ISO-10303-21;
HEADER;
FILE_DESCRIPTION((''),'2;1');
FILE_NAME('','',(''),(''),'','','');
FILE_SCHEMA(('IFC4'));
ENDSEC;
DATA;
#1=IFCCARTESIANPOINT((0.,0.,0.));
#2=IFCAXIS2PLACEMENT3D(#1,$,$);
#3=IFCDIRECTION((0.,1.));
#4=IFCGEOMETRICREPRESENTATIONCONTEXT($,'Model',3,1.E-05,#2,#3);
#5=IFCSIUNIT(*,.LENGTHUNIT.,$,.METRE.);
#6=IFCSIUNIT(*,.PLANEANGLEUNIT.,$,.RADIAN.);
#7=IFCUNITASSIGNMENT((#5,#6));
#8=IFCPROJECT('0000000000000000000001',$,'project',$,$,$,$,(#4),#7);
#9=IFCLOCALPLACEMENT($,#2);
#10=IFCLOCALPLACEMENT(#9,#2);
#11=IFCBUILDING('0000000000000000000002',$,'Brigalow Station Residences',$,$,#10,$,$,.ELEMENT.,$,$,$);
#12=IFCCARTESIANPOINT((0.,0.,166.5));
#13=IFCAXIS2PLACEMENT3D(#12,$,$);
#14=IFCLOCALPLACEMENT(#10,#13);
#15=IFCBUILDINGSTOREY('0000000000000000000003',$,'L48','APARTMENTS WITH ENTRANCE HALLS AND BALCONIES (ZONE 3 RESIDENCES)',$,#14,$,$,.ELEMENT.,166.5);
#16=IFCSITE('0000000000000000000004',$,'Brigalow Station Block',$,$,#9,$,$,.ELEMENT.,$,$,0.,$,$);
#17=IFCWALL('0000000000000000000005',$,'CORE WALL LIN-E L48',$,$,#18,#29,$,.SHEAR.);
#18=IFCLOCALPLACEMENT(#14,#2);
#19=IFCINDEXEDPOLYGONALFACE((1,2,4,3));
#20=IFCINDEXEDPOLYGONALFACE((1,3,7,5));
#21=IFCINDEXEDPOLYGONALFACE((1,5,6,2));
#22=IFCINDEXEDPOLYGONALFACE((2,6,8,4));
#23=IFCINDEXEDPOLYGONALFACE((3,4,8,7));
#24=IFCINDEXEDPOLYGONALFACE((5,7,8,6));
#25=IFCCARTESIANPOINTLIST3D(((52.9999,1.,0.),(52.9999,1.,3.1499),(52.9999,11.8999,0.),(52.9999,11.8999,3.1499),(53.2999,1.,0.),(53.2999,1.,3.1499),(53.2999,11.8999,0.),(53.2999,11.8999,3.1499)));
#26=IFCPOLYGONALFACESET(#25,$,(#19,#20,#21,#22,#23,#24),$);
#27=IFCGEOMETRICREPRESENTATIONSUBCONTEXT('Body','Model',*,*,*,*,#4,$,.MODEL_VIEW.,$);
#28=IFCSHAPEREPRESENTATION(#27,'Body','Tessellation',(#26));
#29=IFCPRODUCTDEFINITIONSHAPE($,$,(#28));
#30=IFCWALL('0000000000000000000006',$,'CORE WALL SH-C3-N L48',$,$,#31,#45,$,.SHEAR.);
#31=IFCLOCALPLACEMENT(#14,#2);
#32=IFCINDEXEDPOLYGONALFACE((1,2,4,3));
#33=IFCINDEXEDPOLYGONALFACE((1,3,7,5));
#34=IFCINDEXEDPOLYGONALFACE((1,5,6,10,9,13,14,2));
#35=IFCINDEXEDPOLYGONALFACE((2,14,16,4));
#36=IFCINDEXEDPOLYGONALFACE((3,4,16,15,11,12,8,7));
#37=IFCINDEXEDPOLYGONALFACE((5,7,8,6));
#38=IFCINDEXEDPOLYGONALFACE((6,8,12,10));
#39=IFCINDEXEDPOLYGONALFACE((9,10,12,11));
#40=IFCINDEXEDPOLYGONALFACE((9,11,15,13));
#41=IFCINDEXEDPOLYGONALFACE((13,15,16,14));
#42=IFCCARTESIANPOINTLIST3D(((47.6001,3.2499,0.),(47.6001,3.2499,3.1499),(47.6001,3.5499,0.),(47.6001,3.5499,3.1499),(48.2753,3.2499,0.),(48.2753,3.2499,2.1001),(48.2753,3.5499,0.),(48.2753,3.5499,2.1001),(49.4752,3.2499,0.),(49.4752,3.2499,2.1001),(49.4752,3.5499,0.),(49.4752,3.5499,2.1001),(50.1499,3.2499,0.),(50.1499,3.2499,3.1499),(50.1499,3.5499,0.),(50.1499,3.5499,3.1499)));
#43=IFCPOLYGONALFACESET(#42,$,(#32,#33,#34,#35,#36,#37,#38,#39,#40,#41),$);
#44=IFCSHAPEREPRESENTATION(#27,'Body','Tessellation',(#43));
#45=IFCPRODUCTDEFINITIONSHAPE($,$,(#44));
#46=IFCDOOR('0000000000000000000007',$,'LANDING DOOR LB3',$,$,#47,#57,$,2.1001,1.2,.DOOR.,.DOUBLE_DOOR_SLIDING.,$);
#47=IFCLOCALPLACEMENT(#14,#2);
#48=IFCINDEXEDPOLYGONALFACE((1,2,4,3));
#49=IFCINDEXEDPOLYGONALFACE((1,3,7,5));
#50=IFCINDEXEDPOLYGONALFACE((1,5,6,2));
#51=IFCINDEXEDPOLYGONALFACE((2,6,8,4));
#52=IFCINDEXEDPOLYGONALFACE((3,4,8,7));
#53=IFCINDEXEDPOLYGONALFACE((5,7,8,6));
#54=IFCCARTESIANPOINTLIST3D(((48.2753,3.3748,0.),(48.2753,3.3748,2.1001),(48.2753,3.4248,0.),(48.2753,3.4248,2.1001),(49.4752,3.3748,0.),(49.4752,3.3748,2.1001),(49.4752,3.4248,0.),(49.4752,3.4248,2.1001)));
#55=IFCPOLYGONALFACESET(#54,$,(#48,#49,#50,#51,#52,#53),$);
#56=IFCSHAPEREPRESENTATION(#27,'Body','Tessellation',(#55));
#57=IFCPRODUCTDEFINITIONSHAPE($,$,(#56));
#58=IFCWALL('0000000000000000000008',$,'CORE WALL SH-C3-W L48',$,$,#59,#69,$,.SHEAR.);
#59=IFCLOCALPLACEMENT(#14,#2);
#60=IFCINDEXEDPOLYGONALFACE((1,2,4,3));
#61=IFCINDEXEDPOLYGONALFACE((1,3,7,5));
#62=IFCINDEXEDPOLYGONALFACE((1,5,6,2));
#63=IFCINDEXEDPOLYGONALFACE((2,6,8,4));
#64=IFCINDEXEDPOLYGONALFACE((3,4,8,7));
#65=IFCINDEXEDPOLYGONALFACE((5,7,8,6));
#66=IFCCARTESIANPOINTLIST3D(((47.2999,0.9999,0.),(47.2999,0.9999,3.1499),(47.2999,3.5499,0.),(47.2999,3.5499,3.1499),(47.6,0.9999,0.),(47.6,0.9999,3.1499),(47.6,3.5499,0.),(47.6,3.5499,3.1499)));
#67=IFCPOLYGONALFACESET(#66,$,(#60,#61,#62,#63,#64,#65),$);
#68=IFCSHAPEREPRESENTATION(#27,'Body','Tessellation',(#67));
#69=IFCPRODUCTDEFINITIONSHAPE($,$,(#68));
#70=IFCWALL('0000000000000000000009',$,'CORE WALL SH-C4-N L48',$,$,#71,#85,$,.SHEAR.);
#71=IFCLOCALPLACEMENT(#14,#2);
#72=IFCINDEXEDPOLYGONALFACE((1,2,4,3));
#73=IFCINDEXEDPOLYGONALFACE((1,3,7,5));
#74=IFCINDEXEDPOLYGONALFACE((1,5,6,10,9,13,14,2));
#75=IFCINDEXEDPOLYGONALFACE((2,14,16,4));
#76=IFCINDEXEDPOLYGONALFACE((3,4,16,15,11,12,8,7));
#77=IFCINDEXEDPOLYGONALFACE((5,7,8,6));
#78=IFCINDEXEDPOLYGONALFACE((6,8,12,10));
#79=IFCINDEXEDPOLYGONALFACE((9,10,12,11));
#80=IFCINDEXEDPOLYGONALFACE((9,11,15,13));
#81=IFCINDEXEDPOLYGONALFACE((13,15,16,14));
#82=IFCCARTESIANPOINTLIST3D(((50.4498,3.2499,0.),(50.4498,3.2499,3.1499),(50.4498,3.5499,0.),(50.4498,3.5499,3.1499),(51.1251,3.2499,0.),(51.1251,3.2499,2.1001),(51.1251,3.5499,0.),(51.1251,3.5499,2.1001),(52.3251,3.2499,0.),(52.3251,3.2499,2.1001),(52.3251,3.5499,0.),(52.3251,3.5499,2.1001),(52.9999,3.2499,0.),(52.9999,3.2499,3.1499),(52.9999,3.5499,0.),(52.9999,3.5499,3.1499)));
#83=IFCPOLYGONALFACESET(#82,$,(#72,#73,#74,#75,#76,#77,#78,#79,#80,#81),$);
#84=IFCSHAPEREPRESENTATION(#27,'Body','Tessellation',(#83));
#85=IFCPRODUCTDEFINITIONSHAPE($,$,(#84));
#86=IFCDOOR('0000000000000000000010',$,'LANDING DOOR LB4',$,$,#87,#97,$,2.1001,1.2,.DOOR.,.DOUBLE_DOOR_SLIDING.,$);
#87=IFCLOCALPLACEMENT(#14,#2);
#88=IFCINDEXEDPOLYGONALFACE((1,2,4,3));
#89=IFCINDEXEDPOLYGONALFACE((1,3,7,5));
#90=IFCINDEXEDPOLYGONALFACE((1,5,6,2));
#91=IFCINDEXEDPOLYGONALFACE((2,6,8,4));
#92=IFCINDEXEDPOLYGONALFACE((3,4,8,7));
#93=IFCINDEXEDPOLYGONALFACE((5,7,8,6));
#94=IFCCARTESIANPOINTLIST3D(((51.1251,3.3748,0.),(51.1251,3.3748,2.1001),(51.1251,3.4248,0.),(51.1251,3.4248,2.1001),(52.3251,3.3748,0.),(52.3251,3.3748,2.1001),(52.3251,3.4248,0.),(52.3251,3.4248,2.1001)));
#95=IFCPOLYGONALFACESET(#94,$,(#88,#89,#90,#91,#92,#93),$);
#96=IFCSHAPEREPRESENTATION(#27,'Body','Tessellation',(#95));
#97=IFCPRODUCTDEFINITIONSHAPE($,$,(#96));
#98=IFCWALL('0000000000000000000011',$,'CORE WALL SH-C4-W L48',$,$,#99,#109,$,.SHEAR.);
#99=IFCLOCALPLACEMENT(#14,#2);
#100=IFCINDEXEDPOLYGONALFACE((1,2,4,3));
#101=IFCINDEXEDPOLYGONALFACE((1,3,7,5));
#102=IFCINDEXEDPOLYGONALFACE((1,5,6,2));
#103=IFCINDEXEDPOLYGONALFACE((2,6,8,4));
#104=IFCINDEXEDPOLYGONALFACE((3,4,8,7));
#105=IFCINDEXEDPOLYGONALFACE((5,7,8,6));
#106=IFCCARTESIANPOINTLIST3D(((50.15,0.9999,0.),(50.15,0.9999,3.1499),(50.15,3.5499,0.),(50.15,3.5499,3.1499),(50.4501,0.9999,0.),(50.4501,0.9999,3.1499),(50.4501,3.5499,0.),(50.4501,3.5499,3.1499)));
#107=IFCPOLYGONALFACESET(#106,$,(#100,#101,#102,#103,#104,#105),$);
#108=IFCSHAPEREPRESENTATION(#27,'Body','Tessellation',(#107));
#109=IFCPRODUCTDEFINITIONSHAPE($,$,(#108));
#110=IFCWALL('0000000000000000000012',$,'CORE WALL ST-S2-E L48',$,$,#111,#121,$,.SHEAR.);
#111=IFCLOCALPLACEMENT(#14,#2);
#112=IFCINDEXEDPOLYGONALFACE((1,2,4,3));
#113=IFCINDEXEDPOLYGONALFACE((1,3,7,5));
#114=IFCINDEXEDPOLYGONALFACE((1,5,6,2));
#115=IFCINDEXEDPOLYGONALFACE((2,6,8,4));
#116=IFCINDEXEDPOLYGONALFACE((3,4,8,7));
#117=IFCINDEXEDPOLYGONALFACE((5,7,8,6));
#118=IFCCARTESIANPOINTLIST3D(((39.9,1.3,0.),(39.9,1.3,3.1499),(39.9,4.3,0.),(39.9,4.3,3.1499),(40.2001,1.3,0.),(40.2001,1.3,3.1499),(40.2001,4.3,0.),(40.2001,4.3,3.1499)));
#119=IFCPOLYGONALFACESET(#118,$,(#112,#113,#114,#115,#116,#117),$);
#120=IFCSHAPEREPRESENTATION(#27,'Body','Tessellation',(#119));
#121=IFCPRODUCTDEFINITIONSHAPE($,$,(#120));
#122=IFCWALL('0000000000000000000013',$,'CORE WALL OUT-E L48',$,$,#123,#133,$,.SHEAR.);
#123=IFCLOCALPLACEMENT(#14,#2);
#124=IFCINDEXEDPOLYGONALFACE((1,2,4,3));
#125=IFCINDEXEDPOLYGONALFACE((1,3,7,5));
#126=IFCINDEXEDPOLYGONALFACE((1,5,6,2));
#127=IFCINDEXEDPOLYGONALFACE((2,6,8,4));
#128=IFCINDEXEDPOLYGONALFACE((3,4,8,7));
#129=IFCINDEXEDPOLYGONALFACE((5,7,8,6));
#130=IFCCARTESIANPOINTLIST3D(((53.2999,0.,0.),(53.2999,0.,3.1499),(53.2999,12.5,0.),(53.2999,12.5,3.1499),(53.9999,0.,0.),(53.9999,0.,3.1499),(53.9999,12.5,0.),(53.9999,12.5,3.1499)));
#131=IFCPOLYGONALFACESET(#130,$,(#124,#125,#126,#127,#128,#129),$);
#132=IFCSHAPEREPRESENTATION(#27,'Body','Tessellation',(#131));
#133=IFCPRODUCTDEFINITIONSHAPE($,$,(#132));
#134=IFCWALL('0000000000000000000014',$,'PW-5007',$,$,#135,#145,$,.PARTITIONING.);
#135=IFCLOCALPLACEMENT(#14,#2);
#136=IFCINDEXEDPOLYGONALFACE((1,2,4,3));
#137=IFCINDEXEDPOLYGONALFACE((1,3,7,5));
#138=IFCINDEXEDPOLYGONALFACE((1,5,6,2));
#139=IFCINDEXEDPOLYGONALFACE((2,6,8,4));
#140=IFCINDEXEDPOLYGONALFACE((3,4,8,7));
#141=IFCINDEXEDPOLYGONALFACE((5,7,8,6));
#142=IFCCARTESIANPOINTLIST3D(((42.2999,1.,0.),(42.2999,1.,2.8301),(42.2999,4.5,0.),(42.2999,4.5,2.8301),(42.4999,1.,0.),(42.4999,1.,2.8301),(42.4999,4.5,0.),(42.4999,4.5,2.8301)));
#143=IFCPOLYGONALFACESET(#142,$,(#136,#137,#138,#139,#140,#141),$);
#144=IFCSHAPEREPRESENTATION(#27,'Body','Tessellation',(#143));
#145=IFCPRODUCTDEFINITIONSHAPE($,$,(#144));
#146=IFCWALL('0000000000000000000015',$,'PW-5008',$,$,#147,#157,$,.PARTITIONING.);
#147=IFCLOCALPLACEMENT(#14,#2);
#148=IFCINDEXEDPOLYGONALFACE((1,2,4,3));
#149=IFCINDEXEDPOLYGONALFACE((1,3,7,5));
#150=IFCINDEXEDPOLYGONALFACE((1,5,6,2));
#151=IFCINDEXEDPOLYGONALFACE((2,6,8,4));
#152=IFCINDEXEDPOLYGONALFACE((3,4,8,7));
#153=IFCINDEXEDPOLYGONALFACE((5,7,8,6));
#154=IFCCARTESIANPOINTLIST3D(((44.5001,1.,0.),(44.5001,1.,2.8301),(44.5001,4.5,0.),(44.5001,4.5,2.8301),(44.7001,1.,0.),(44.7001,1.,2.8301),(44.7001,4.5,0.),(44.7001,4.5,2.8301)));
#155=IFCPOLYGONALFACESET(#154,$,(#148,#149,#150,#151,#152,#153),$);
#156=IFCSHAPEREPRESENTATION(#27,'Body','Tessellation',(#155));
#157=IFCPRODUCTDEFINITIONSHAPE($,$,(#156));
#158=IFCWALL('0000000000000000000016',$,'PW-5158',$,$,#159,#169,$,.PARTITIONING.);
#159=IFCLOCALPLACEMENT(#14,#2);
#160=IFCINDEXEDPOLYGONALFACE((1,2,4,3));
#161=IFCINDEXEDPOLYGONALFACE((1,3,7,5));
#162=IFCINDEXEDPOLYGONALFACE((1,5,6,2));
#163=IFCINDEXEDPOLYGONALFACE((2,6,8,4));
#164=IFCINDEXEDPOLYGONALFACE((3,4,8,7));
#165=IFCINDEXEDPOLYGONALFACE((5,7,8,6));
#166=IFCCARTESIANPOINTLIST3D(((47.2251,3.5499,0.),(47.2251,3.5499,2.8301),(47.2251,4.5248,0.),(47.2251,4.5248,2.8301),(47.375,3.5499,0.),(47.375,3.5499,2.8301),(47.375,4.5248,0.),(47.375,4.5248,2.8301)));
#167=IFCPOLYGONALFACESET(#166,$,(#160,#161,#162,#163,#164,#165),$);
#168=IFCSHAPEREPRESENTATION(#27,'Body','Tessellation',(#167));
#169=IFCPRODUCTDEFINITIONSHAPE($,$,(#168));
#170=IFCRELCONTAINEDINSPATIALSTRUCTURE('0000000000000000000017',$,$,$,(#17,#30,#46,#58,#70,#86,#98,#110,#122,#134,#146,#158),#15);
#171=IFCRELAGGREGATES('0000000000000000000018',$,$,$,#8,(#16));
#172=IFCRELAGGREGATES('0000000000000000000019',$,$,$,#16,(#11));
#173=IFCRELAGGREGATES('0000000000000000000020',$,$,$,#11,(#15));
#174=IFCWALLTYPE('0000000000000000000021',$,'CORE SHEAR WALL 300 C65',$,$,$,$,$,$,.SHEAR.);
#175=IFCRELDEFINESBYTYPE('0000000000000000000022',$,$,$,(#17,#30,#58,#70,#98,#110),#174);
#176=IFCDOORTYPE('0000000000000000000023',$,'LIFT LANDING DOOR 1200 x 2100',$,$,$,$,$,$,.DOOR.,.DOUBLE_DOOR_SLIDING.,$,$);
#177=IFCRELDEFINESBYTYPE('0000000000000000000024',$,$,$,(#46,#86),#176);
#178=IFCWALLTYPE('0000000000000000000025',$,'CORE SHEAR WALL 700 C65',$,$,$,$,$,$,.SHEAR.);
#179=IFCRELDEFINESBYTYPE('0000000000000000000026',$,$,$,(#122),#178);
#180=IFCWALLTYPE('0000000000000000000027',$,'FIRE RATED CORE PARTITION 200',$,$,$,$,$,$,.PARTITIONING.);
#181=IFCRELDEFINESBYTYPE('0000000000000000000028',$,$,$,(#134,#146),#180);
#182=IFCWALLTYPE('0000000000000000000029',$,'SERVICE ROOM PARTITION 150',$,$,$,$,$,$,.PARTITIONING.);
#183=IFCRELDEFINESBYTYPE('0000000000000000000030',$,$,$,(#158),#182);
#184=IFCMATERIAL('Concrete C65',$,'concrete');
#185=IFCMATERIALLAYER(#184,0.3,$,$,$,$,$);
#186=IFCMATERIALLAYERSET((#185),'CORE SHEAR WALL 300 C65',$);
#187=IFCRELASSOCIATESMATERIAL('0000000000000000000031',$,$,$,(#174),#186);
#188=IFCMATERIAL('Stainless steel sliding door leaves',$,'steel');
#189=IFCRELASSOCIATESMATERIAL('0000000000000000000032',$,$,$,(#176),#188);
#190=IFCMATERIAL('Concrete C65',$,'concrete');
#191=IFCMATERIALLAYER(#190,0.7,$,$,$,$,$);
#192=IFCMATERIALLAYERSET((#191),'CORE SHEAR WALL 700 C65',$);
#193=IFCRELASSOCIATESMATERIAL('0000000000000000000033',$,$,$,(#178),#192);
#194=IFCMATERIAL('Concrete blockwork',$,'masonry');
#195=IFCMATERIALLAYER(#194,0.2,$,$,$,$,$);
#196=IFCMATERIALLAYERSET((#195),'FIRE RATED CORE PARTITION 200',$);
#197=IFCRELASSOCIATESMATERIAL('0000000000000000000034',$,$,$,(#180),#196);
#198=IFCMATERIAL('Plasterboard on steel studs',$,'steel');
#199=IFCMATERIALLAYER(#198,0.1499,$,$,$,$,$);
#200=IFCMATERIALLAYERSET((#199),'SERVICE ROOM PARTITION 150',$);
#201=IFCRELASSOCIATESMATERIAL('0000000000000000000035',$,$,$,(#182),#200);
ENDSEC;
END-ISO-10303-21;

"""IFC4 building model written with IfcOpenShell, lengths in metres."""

from ifc_helpers import new_model, si_unit, direction, frame, frame_2d, origin, place, context, subcontext, project, spatial, rectangle, extrude, material, layer, layer_set, type_object, element, fill, save


model = new_model("IFC4")

# Units and contexts
model_context = context("Model", 3, precision=1e-05, world=origin(), true_north=direction((0.0, 1.0)))
body_context = subcontext(model_context, "Body", "Model", "MODEL_VIEW")
ifc_project = project(units=[si_unit("LENGTHUNIT", "METRE"), si_unit("PLANEANGLEUNIT", "RADIAN")], contexts=[model_context])

# Site, building, storey
site_placement = place(None, origin())
site = spatial("IfcSite", under=ifc_project, at=site_placement, Name="Brigalow Station Block", CompositionType="ELEMENT", RefElevation=0.0)
building_placement = place(site_placement, origin())
building = spatial("IfcBuilding", under=site, at=building_placement, Name="Brigalow Station Residences", CompositionType="ELEMENT")
storey_placement = place(building_placement, frame((0.0, 0.0, 166.5)))
storey = spatial("IfcBuildingStorey", under=building, at=storey_placement, Name="L48", Description="APARTMENTS WITH ENTRANCE HALLS AND BALCONIES (ZONE 3 RESIDENCES)", CompositionType="ELEMENT", Elevation=166.5)

# Wall
ifc_material_1 = material(Name="Concrete C65", Category="concrete")
ifc_layer_1 = layer(ifc_material_1, 0.3)
ifc_layer_set_1 = layer_set([ifc_layer_1], Name="CORE SHEAR WALL 300 C65")
wall_type_1 = type_object("IfcWallType", Name="CORE SHEAR WALL 300 C65", PredefinedType="SHEAR", material=ifc_layer_set_1)
wall_1_placement = place(storey_placement, frame((53.1499, 1.0, 0.0), z_axis=(0.0, 0.0, 1.0), x_axis=(0.0, 1.0, 0.0)))
element("IfcWall", 1, at=wall_1_placement, inside=storey, type_object=wall_type_1, Name="CORE WALL LIN-E L48", PredefinedType="SHEAR", context=body_context, shape_type="SweptSolid", body=[
    extrude(rectangle(XDim=10.8999, YDim=0.3, at=frame_2d((5.45, 0.0))), origin(), (0.0, 0.0, 1.0), 3.1499),
])

# Wall, opening, door
wall_2_placement = place(storey_placement, frame((47.6001, 3.3999, 0.0), z_axis=(0.0, 0.0, 1.0), x_axis=(1.0, 0.0, 0.0)))
wall_2 = element("IfcWall", 2, at=wall_2_placement, inside=storey, type_object=wall_type_1, Name="CORE WALL SH-C3-N L48", PredefinedType="SHEAR", context=body_context, shape_type="SweptSolid", body=[
    extrude(rectangle(XDim=2.5498, YDim=0.3, at=frame_2d((1.2749, 0.0))), origin(), (0.0, 0.0, 1.0), 3.1499),
])
opening_1_placement = place(wall_2_placement, frame((0.675, 0.0, 0.0)))
opening_1 = element("IfcOpeningElement", 3, at=opening_1_placement, cuts=wall_2, PredefinedType="OPENING", context=body_context, shape_type="SweptSolid", body=[
    extrude(rectangle(XDim=1.2, YDim=2.1001, at=frame_2d((0.6001, 1.05))), frame((0.0, 0.1602, 0.0), z_axis=(0.0, -1.0, 0.0), x_axis=(1.0, 0.0, 0.0)), (0.0, 0.0, 1.0), 0.3201),
])
ifc_material_2 = material(Name="Stainless steel sliding door leaves", Category="steel")
door_type = type_object("IfcDoorType", Name="LIFT LANDING DOOR 1200 x 2100", OperationType="DOUBLE_DOOR_SLIDING", PredefinedType="DOOR", material=ifc_material_2)
door_1_placement = place(opening_1_placement, origin())
door_1 = element("IfcDoor", 4, at=door_1_placement, inside=storey, type_object=door_type, Name="LANDING DOOR LB3", OperationType="DOUBLE_DOOR_SLIDING", OverallHeight=2.1001, OverallWidth=1.2, PredefinedType="DOOR", context=body_context, shape_type="SweptSolid", body=[
    extrude(rectangle(XDim=1.2, YDim=2.1001, at=frame_2d((0.6001, 1.05))), frame((0.0, 0.0249, 0.0), z_axis=(0.0, -1.0, 0.0), x_axis=(1.0, 0.0, 0.0)), (0.0, 0.0, 1.0), 0.05),
])
fill(opening_1, door_1)

# Wall
wall_3_placement = place(storey_placement, frame((47.45, 1.0, 0.0), z_axis=(0.0, 0.0, 1.0), x_axis=(0.0, 1.0, 0.0)))
element("IfcWall", 5, at=wall_3_placement, inside=storey, type_object=wall_type_1, Name="CORE WALL SH-C3-W L48", PredefinedType="SHEAR", context=body_context, shape_type="SweptSolid", body=[
    extrude(rectangle(XDim=2.55, YDim=0.3, at=frame_2d((1.2749, 0.0))), origin(), (0.0, 0.0, 1.0), 3.1499),
])

# Wall, opening, door
wall_4_placement = place(storey_placement, frame((50.45, 3.3999, 0.0), z_axis=(0.0, 0.0, 1.0), x_axis=(1.0, 0.0, 0.0)))
wall_4 = element("IfcWall", 6, at=wall_4_placement, inside=storey, type_object=wall_type_1, Name="CORE WALL SH-C4-N L48", PredefinedType="SHEAR", context=body_context, shape_type="SweptSolid", body=[
    extrude(rectangle(XDim=2.55, YDim=0.3, at=frame_2d((1.2749, 0.0))), origin(), (0.0, 0.0, 1.0), 3.1499),
])
opening_2_placement = place(wall_4_placement, frame((0.675, 0.0, 0.0)))
opening_2 = element("IfcOpeningElement", 7, at=opening_2_placement, cuts=wall_4, PredefinedType="OPENING", context=body_context, shape_type="SweptSolid", body=[
    extrude(rectangle(XDim=1.2, YDim=2.1001, at=frame_2d((0.6001, 1.05))), frame((0.0, 0.1602, 0.0), z_axis=(0.0, -1.0, 0.0), x_axis=(1.0, 0.0, 0.0)), (0.0, 0.0, 1.0), 0.3201),
])
door_2_placement = place(opening_2_placement, origin())
door_2 = element("IfcDoor", 8, at=door_2_placement, inside=storey, type_object=door_type, Name="LANDING DOOR LB4", OperationType="DOUBLE_DOOR_SLIDING", OverallHeight=2.1001, OverallWidth=1.2, PredefinedType="DOOR", context=body_context, shape_type="SweptSolid", body=[
    extrude(rectangle(XDim=1.2, YDim=2.1001, at=frame_2d((0.6001, 1.05))), frame((0.0, 0.0249, 0.0), z_axis=(0.0, -1.0, 0.0), x_axis=(1.0, 0.0, 0.0)), (0.0, 0.0, 1.0), 0.05),
])
fill(opening_2, door_2)

# Walls
wall_5_placement = place(storey_placement, frame((50.3, 1.0, 0.0), z_axis=(0.0, 0.0, 1.0), x_axis=(0.0, 1.0, 0.0)))
element("IfcWall", 9, at=wall_5_placement, inside=storey, type_object=wall_type_1, Name="CORE WALL SH-C4-W L48", PredefinedType="SHEAR", context=body_context, shape_type="SweptSolid", body=[
    extrude(rectangle(XDim=2.55, YDim=0.3, at=frame_2d((1.2749, 0.0))), origin(), (0.0, 0.0, 1.0), 3.1499),
])
wall_6_placement = place(storey_placement, frame((40.05, 1.3, 0.0), z_axis=(0.0, 0.0, 1.0), x_axis=(0.0, 1.0, 0.0)))
element("IfcWall", 10, at=wall_6_placement, inside=storey, type_object=wall_type_1, Name="CORE WALL ST-S2-E L48", PredefinedType="SHEAR", context=body_context, shape_type="SweptSolid", body=[
    extrude(rectangle(XDim=3.0, YDim=0.3, at=frame_2d((1.5, 0.0))), origin(), (0.0, 0.0, 1.0), 3.1499),
])
ifc_material_3 = material(Name="Concrete C65", Category="concrete")
ifc_layer_2 = layer(ifc_material_3, 0.7)
ifc_layer_set_2 = layer_set([ifc_layer_2], Name="CORE SHEAR WALL 700 C65")
wall_type_2 = type_object("IfcWallType", Name="CORE SHEAR WALL 700 C65", PredefinedType="SHEAR", material=ifc_layer_set_2)
wall_7_placement = place(storey_placement, frame((53.6499, 0.0, 0.0), z_axis=(0.0, 0.0, 1.0), x_axis=(0.0, 1.0, 0.0)))
element("IfcWall", 11, at=wall_7_placement, inside=storey, type_object=wall_type_2, Name="CORE WALL OUT-E L48", PredefinedType="SHEAR", context=body_context, shape_type="SweptSolid", body=[
    extrude(rectangle(XDim=12.5, YDim=0.7, at=frame_2d((6.25, 0.0))), origin(), (0.0, 0.0, 1.0), 3.1499),
])
ifc_material_4 = material(Name="Concrete blockwork", Category="masonry")
ifc_layer_3 = layer(ifc_material_4, 0.2)
ifc_layer_set_3 = layer_set([ifc_layer_3], Name="FIRE RATED CORE PARTITION 200")
wall_type_3 = type_object("IfcWallType", Name="FIRE RATED CORE PARTITION 200", PredefinedType="PARTITIONING", material=ifc_layer_set_3)
for number, where, z_axis, x_axis, name in (
    (12, (42.3999, 1.0, 0.0), (0.0, 0.0, 1.0), (0.0, 1.0, 0.0), "PW-5007"),
    (13, (44.6001, 1.0, 0.0), (0.0, 0.0, 1.0), (0.0, 1.0, 0.0), "PW-5008"),
):
    element("IfcWall", number, at=place(storey_placement, frame(where, z_axis=z_axis, x_axis=x_axis)), inside=storey, type_object=wall_type_3, Name=name, PredefinedType="PARTITIONING", context=body_context, shape_type="SweptSolid", body=[
        extrude(rectangle(XDim=3.5, YDim=0.2, at=frame_2d((1.75, 0.0))), origin(), (0.0, 0.0, 1.0), 2.8301),
    ])
ifc_material_5 = material(Name="Plasterboard on steel studs", Category="steel")
ifc_layer_4 = layer(ifc_material_5, 0.1499)
ifc_layer_set_4 = layer_set([ifc_layer_4], Name="SERVICE ROOM PARTITION 150")
wall_type_4 = type_object("IfcWallType", Name="SERVICE ROOM PARTITION 150", PredefinedType="PARTITIONING", material=ifc_layer_set_4)
wall_8_placement = place(storey_placement, frame((47.3, 3.55, 0.0), z_axis=(0.0, 0.0, 1.0), x_axis=(0.0, 1.0, 0.0)))
element("IfcWall", 14, at=wall_8_placement, inside=storey, type_object=wall_type_4, Name="PW-5158", PredefinedType="PARTITIONING", context=body_context, shape_type="SweptSolid", body=[
    extrude(rectangle(XDim=0.9749, YDim=0.1499, at=frame_2d((0.4873, 0.0))), origin(), (0.0, 0.0, 1.0), 2.8301),
])

save(model, "model.ifc")
